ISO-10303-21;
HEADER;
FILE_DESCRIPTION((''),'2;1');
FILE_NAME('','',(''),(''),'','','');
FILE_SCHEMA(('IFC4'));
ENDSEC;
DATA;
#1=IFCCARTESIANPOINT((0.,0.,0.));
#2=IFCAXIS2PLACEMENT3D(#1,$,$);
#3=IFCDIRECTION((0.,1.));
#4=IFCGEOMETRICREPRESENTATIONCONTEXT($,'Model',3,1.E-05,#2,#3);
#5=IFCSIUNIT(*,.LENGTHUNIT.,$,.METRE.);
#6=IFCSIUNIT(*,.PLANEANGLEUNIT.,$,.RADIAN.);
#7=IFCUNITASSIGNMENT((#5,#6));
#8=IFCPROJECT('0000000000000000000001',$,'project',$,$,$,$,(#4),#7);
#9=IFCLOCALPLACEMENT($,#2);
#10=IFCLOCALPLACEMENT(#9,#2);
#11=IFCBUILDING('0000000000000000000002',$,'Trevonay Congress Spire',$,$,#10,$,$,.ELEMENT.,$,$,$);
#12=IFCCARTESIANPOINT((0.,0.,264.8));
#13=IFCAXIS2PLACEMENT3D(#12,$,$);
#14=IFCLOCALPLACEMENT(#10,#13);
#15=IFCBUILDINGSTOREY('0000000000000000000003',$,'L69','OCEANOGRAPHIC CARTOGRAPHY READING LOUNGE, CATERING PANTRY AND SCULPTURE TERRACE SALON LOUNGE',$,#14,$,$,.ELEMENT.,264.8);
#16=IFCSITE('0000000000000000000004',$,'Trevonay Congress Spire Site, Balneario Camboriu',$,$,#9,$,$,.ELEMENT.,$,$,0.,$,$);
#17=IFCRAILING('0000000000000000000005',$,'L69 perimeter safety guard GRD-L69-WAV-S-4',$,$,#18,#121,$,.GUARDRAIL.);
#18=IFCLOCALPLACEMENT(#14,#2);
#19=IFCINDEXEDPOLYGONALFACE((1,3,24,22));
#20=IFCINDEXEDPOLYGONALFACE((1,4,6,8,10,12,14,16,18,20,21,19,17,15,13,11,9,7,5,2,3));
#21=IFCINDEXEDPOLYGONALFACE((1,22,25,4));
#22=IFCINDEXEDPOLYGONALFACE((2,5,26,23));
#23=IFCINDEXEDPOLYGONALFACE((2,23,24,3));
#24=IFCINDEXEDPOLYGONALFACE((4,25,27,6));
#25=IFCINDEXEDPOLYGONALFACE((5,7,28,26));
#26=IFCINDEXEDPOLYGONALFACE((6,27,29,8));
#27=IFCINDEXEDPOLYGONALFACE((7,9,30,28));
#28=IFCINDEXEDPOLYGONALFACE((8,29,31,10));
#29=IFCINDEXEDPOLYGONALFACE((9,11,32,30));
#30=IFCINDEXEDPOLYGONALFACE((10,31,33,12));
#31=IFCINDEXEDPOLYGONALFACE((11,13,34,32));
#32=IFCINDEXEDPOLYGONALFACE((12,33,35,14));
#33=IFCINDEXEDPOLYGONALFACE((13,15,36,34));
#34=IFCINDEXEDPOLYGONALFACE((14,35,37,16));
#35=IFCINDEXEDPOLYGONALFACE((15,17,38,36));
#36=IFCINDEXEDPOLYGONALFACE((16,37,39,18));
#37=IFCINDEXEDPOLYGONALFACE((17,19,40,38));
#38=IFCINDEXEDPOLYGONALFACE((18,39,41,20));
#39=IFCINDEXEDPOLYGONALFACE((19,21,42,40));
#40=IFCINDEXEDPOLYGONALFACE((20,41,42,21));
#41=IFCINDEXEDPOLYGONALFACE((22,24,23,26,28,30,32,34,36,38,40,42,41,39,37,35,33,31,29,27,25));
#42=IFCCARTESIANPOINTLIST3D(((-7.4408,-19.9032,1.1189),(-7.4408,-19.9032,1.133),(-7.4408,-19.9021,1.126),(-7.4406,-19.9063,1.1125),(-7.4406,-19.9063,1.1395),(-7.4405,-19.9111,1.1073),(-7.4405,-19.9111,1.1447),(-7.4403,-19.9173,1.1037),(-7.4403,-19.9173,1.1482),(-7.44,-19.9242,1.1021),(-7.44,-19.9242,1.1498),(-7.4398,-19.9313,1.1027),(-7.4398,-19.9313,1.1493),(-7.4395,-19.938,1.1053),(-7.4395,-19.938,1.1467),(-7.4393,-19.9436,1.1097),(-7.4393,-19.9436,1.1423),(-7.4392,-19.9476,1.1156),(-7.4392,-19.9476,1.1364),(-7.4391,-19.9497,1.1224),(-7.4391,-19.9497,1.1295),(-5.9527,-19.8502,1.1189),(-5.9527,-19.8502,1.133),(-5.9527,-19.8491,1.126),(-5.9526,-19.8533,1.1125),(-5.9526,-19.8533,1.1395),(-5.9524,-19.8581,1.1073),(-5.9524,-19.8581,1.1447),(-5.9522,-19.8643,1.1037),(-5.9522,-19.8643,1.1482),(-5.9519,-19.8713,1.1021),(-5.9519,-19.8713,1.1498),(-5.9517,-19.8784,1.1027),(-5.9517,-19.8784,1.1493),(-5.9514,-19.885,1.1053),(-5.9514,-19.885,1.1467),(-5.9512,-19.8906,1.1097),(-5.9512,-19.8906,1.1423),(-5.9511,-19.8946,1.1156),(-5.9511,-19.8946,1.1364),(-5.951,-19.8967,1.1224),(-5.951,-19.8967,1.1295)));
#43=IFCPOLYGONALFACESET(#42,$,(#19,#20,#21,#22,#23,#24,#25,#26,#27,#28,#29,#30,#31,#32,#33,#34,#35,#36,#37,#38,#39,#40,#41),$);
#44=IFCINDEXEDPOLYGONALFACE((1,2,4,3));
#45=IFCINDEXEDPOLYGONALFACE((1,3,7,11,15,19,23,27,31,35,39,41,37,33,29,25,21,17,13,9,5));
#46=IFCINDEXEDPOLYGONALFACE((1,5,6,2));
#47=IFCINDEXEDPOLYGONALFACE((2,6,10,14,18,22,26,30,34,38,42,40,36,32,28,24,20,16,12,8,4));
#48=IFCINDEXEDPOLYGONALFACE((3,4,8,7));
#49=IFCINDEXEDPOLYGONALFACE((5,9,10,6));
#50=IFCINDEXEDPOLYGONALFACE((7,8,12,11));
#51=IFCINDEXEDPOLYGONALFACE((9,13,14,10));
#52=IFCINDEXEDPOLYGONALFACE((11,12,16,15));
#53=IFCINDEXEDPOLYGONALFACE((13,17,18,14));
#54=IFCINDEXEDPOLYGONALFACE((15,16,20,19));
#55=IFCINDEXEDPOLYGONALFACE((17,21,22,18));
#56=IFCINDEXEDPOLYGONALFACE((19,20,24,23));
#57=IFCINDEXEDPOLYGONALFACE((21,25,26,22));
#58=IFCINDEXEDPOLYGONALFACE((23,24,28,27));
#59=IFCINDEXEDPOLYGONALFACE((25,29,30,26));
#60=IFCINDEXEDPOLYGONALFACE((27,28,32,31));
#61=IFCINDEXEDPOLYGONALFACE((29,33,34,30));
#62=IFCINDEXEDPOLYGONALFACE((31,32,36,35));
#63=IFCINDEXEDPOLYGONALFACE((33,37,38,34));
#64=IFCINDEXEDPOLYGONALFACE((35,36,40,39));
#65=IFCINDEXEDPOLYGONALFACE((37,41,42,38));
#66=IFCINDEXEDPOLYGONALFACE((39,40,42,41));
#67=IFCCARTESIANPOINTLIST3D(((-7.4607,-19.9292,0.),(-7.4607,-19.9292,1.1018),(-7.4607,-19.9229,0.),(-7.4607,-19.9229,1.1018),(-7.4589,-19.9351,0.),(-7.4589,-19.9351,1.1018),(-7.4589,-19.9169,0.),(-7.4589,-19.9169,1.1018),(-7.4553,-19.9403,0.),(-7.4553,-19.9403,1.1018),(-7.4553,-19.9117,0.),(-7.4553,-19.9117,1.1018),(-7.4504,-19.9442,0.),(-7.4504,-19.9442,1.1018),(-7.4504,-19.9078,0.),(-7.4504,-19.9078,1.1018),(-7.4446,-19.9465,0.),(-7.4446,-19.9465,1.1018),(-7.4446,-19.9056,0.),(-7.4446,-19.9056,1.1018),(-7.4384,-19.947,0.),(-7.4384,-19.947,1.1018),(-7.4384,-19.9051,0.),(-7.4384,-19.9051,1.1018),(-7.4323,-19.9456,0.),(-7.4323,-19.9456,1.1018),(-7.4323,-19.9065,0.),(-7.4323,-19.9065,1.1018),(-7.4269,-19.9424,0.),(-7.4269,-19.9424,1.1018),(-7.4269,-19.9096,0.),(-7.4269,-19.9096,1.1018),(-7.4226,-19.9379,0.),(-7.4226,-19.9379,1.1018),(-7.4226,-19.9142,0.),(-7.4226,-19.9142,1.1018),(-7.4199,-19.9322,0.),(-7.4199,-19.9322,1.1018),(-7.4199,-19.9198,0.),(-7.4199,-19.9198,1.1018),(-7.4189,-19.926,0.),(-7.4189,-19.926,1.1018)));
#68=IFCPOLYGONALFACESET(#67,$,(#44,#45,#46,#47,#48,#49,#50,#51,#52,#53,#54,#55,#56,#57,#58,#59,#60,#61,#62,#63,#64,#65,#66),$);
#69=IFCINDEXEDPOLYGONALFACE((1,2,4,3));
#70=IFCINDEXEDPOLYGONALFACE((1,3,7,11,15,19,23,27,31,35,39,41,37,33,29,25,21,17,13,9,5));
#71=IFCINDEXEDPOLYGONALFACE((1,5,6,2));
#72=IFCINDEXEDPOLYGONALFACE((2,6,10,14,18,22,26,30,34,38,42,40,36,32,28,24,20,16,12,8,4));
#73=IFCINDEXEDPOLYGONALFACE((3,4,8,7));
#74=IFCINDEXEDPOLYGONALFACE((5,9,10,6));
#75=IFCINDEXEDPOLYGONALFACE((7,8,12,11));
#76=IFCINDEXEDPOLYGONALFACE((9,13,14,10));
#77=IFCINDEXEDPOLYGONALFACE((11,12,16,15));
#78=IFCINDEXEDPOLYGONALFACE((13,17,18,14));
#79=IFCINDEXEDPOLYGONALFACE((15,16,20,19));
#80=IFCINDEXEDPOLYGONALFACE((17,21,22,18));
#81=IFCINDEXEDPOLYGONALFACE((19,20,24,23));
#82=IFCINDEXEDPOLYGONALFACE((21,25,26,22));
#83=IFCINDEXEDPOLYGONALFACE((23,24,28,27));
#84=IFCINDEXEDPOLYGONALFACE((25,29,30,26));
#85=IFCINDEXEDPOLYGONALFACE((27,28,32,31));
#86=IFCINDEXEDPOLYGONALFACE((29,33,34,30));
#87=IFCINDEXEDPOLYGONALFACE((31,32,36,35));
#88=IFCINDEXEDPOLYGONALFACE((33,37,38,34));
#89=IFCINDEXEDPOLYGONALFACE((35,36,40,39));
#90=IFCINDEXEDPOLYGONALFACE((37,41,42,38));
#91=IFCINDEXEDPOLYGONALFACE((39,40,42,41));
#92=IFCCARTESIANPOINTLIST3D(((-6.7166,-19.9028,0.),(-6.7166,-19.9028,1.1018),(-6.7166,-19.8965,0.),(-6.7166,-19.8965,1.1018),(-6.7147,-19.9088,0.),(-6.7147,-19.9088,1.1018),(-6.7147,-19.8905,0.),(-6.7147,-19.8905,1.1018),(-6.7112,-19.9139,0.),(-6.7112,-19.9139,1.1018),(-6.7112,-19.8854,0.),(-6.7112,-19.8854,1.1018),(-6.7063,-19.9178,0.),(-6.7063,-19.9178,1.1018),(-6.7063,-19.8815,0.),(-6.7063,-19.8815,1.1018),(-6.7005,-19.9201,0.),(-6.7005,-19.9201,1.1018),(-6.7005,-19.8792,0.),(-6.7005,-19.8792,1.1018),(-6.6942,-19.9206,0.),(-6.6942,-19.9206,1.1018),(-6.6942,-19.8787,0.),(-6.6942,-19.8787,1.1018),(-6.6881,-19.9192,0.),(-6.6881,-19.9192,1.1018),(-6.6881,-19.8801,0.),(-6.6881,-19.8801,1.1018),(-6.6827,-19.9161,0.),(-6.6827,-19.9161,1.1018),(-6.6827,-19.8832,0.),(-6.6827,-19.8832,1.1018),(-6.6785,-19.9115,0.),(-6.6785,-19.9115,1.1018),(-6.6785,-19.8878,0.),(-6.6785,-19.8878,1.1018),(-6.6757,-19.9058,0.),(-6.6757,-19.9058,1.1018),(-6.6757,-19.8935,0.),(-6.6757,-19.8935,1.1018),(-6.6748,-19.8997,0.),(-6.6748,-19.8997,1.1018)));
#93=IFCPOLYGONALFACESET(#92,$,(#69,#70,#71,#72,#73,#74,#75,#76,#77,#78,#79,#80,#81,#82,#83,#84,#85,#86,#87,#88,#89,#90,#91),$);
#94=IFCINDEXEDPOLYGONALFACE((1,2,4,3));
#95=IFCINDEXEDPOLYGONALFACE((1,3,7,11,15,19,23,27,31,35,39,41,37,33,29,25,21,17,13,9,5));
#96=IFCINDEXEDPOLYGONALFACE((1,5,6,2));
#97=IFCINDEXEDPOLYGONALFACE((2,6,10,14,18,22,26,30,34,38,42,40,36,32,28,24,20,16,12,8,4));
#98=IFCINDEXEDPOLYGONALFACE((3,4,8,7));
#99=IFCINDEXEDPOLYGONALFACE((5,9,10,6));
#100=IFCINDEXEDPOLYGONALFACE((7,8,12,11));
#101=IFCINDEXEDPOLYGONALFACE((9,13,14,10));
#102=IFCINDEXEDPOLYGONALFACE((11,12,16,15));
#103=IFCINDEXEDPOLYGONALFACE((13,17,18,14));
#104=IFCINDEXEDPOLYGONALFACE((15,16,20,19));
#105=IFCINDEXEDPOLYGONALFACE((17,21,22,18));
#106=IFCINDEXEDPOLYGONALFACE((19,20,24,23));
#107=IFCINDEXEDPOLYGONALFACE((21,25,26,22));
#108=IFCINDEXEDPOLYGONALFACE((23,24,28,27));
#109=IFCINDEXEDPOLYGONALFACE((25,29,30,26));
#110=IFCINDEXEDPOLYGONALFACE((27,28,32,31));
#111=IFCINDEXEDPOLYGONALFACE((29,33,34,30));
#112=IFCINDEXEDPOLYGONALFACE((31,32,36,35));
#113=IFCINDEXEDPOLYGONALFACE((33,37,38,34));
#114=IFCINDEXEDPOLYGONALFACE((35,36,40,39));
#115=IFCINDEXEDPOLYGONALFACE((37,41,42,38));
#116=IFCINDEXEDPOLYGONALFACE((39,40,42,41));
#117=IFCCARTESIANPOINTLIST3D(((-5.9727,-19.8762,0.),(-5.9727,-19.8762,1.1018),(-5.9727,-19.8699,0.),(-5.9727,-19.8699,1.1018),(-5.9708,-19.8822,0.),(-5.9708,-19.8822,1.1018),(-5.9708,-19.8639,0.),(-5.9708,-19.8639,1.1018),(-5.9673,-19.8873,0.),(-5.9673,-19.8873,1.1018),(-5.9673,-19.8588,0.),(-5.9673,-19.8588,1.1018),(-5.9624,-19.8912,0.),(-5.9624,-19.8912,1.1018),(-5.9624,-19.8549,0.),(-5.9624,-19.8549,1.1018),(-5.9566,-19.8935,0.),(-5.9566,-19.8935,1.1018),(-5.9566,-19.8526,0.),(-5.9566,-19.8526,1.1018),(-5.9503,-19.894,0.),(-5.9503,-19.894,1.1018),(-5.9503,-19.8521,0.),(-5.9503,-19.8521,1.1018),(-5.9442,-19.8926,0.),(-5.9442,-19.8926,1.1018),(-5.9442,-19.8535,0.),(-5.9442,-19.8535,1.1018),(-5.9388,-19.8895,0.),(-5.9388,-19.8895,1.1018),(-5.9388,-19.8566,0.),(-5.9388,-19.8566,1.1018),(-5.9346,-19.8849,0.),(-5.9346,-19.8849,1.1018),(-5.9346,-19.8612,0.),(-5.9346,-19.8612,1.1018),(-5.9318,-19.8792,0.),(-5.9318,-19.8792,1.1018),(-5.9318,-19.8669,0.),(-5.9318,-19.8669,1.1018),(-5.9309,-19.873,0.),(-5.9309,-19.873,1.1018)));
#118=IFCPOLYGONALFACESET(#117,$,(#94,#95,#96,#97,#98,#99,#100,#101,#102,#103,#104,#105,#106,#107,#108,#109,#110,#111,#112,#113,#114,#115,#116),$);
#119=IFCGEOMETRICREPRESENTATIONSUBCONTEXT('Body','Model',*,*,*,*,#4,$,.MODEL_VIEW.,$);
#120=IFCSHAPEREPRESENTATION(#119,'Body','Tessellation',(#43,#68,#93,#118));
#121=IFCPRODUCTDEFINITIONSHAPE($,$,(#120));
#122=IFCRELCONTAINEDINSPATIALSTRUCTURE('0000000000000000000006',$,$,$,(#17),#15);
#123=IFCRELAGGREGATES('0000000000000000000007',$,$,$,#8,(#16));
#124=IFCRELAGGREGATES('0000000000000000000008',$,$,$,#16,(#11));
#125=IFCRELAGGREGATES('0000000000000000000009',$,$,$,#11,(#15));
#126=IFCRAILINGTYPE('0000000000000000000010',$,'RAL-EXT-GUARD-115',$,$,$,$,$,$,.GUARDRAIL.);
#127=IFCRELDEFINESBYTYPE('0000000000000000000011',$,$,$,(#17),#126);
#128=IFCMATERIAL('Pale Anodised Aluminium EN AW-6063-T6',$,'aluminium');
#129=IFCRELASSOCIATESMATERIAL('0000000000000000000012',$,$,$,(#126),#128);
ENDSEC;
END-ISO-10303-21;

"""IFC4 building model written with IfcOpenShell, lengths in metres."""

from ifc_helpers import new_model, si_unit, direction, frame, origin, origin_2d, place, context, subcontext, project, spatial, circle, extrude, material, type_object, element, save


model = new_model("IFC4")

# Units and contexts
model_context = context("Model", 3, precision=1e-05, world=origin(), true_north=direction((0.0, 1.0)))
body_context = subcontext(model_context, "Body", "Model", "MODEL_VIEW")
ifc_project = project(units=[si_unit("LENGTHUNIT", "METRE"), si_unit("PLANEANGLEUNIT", "RADIAN")], contexts=[model_context])

# Site, building, storey
site_placement = place(None, origin())
site = spatial("IfcSite", under=ifc_project, at=site_placement, Name="Trevonay Congress Spire Site, Balneario Camboriu", CompositionType="ELEMENT", RefElevation=0.0)
building_placement = place(site_placement, origin())
building = spatial("IfcBuilding", under=site, at=building_placement, Name="Trevonay Congress Spire", CompositionType="ELEMENT")
storey_placement = place(building_placement, frame((0.0, 0.0, 264.8)))
storey = spatial("IfcBuildingStorey", under=building, at=storey_placement, Name="L69", Description="OCEANOGRAPHIC CARTOGRAPHY READING LOUNGE, CATERING PANTRY AND SCULPTURE TERRACE SALON LOUNGE", CompositionType="ELEMENT", Elevation=264.8)

# Shared definitions
ifc_material_1 = material(Name="Pale Anodised Aluminium EN AW-6063-T6", Category="aluminium")

# Railing
railing_type = type_object("IfcRailingType", Name="RAL-EXT-GUARD-115", PredefinedType="GUARDRAIL", material=ifc_material_1)
railing_1_placement = place(storey_placement, frame((-7.4399, -19.926, 0.0)))
element("IfcRailing", 1, at=railing_1_placement, inside=storey, type_object=railing_type, Name="L69 perimeter safety guard GRD-L69-WAV-S-4", PredefinedType="GUARDRAIL", context=body_context, shape_type="SweptSolid", body=[
    extrude(circle(Radius=0.0239, at=origin_2d()), frame((0.0, 0.0, 1.126), z_axis=(0.999367, 0.03558, 0.0), x_axis=(-0.03558, 0.999367, 0.0)), (0.0, 0.0, 1.0), 1.489),
    extrude(circle(Radius=0.021, at=origin_2d()), origin(), (0.0, 0.0, 1.0), 1.1018),
    extrude(circle(Radius=0.021, at=origin_2d()), frame((0.7441, 0.0264, 0.0)), (0.0, 0.0, 1.0), 1.1018),
    extrude(circle(Radius=0.021, at=origin_2d()), frame((1.488, 0.053, 0.0)), (0.0, 0.0, 1.0), 1.1018),
])

save(model, "model.ifc")
